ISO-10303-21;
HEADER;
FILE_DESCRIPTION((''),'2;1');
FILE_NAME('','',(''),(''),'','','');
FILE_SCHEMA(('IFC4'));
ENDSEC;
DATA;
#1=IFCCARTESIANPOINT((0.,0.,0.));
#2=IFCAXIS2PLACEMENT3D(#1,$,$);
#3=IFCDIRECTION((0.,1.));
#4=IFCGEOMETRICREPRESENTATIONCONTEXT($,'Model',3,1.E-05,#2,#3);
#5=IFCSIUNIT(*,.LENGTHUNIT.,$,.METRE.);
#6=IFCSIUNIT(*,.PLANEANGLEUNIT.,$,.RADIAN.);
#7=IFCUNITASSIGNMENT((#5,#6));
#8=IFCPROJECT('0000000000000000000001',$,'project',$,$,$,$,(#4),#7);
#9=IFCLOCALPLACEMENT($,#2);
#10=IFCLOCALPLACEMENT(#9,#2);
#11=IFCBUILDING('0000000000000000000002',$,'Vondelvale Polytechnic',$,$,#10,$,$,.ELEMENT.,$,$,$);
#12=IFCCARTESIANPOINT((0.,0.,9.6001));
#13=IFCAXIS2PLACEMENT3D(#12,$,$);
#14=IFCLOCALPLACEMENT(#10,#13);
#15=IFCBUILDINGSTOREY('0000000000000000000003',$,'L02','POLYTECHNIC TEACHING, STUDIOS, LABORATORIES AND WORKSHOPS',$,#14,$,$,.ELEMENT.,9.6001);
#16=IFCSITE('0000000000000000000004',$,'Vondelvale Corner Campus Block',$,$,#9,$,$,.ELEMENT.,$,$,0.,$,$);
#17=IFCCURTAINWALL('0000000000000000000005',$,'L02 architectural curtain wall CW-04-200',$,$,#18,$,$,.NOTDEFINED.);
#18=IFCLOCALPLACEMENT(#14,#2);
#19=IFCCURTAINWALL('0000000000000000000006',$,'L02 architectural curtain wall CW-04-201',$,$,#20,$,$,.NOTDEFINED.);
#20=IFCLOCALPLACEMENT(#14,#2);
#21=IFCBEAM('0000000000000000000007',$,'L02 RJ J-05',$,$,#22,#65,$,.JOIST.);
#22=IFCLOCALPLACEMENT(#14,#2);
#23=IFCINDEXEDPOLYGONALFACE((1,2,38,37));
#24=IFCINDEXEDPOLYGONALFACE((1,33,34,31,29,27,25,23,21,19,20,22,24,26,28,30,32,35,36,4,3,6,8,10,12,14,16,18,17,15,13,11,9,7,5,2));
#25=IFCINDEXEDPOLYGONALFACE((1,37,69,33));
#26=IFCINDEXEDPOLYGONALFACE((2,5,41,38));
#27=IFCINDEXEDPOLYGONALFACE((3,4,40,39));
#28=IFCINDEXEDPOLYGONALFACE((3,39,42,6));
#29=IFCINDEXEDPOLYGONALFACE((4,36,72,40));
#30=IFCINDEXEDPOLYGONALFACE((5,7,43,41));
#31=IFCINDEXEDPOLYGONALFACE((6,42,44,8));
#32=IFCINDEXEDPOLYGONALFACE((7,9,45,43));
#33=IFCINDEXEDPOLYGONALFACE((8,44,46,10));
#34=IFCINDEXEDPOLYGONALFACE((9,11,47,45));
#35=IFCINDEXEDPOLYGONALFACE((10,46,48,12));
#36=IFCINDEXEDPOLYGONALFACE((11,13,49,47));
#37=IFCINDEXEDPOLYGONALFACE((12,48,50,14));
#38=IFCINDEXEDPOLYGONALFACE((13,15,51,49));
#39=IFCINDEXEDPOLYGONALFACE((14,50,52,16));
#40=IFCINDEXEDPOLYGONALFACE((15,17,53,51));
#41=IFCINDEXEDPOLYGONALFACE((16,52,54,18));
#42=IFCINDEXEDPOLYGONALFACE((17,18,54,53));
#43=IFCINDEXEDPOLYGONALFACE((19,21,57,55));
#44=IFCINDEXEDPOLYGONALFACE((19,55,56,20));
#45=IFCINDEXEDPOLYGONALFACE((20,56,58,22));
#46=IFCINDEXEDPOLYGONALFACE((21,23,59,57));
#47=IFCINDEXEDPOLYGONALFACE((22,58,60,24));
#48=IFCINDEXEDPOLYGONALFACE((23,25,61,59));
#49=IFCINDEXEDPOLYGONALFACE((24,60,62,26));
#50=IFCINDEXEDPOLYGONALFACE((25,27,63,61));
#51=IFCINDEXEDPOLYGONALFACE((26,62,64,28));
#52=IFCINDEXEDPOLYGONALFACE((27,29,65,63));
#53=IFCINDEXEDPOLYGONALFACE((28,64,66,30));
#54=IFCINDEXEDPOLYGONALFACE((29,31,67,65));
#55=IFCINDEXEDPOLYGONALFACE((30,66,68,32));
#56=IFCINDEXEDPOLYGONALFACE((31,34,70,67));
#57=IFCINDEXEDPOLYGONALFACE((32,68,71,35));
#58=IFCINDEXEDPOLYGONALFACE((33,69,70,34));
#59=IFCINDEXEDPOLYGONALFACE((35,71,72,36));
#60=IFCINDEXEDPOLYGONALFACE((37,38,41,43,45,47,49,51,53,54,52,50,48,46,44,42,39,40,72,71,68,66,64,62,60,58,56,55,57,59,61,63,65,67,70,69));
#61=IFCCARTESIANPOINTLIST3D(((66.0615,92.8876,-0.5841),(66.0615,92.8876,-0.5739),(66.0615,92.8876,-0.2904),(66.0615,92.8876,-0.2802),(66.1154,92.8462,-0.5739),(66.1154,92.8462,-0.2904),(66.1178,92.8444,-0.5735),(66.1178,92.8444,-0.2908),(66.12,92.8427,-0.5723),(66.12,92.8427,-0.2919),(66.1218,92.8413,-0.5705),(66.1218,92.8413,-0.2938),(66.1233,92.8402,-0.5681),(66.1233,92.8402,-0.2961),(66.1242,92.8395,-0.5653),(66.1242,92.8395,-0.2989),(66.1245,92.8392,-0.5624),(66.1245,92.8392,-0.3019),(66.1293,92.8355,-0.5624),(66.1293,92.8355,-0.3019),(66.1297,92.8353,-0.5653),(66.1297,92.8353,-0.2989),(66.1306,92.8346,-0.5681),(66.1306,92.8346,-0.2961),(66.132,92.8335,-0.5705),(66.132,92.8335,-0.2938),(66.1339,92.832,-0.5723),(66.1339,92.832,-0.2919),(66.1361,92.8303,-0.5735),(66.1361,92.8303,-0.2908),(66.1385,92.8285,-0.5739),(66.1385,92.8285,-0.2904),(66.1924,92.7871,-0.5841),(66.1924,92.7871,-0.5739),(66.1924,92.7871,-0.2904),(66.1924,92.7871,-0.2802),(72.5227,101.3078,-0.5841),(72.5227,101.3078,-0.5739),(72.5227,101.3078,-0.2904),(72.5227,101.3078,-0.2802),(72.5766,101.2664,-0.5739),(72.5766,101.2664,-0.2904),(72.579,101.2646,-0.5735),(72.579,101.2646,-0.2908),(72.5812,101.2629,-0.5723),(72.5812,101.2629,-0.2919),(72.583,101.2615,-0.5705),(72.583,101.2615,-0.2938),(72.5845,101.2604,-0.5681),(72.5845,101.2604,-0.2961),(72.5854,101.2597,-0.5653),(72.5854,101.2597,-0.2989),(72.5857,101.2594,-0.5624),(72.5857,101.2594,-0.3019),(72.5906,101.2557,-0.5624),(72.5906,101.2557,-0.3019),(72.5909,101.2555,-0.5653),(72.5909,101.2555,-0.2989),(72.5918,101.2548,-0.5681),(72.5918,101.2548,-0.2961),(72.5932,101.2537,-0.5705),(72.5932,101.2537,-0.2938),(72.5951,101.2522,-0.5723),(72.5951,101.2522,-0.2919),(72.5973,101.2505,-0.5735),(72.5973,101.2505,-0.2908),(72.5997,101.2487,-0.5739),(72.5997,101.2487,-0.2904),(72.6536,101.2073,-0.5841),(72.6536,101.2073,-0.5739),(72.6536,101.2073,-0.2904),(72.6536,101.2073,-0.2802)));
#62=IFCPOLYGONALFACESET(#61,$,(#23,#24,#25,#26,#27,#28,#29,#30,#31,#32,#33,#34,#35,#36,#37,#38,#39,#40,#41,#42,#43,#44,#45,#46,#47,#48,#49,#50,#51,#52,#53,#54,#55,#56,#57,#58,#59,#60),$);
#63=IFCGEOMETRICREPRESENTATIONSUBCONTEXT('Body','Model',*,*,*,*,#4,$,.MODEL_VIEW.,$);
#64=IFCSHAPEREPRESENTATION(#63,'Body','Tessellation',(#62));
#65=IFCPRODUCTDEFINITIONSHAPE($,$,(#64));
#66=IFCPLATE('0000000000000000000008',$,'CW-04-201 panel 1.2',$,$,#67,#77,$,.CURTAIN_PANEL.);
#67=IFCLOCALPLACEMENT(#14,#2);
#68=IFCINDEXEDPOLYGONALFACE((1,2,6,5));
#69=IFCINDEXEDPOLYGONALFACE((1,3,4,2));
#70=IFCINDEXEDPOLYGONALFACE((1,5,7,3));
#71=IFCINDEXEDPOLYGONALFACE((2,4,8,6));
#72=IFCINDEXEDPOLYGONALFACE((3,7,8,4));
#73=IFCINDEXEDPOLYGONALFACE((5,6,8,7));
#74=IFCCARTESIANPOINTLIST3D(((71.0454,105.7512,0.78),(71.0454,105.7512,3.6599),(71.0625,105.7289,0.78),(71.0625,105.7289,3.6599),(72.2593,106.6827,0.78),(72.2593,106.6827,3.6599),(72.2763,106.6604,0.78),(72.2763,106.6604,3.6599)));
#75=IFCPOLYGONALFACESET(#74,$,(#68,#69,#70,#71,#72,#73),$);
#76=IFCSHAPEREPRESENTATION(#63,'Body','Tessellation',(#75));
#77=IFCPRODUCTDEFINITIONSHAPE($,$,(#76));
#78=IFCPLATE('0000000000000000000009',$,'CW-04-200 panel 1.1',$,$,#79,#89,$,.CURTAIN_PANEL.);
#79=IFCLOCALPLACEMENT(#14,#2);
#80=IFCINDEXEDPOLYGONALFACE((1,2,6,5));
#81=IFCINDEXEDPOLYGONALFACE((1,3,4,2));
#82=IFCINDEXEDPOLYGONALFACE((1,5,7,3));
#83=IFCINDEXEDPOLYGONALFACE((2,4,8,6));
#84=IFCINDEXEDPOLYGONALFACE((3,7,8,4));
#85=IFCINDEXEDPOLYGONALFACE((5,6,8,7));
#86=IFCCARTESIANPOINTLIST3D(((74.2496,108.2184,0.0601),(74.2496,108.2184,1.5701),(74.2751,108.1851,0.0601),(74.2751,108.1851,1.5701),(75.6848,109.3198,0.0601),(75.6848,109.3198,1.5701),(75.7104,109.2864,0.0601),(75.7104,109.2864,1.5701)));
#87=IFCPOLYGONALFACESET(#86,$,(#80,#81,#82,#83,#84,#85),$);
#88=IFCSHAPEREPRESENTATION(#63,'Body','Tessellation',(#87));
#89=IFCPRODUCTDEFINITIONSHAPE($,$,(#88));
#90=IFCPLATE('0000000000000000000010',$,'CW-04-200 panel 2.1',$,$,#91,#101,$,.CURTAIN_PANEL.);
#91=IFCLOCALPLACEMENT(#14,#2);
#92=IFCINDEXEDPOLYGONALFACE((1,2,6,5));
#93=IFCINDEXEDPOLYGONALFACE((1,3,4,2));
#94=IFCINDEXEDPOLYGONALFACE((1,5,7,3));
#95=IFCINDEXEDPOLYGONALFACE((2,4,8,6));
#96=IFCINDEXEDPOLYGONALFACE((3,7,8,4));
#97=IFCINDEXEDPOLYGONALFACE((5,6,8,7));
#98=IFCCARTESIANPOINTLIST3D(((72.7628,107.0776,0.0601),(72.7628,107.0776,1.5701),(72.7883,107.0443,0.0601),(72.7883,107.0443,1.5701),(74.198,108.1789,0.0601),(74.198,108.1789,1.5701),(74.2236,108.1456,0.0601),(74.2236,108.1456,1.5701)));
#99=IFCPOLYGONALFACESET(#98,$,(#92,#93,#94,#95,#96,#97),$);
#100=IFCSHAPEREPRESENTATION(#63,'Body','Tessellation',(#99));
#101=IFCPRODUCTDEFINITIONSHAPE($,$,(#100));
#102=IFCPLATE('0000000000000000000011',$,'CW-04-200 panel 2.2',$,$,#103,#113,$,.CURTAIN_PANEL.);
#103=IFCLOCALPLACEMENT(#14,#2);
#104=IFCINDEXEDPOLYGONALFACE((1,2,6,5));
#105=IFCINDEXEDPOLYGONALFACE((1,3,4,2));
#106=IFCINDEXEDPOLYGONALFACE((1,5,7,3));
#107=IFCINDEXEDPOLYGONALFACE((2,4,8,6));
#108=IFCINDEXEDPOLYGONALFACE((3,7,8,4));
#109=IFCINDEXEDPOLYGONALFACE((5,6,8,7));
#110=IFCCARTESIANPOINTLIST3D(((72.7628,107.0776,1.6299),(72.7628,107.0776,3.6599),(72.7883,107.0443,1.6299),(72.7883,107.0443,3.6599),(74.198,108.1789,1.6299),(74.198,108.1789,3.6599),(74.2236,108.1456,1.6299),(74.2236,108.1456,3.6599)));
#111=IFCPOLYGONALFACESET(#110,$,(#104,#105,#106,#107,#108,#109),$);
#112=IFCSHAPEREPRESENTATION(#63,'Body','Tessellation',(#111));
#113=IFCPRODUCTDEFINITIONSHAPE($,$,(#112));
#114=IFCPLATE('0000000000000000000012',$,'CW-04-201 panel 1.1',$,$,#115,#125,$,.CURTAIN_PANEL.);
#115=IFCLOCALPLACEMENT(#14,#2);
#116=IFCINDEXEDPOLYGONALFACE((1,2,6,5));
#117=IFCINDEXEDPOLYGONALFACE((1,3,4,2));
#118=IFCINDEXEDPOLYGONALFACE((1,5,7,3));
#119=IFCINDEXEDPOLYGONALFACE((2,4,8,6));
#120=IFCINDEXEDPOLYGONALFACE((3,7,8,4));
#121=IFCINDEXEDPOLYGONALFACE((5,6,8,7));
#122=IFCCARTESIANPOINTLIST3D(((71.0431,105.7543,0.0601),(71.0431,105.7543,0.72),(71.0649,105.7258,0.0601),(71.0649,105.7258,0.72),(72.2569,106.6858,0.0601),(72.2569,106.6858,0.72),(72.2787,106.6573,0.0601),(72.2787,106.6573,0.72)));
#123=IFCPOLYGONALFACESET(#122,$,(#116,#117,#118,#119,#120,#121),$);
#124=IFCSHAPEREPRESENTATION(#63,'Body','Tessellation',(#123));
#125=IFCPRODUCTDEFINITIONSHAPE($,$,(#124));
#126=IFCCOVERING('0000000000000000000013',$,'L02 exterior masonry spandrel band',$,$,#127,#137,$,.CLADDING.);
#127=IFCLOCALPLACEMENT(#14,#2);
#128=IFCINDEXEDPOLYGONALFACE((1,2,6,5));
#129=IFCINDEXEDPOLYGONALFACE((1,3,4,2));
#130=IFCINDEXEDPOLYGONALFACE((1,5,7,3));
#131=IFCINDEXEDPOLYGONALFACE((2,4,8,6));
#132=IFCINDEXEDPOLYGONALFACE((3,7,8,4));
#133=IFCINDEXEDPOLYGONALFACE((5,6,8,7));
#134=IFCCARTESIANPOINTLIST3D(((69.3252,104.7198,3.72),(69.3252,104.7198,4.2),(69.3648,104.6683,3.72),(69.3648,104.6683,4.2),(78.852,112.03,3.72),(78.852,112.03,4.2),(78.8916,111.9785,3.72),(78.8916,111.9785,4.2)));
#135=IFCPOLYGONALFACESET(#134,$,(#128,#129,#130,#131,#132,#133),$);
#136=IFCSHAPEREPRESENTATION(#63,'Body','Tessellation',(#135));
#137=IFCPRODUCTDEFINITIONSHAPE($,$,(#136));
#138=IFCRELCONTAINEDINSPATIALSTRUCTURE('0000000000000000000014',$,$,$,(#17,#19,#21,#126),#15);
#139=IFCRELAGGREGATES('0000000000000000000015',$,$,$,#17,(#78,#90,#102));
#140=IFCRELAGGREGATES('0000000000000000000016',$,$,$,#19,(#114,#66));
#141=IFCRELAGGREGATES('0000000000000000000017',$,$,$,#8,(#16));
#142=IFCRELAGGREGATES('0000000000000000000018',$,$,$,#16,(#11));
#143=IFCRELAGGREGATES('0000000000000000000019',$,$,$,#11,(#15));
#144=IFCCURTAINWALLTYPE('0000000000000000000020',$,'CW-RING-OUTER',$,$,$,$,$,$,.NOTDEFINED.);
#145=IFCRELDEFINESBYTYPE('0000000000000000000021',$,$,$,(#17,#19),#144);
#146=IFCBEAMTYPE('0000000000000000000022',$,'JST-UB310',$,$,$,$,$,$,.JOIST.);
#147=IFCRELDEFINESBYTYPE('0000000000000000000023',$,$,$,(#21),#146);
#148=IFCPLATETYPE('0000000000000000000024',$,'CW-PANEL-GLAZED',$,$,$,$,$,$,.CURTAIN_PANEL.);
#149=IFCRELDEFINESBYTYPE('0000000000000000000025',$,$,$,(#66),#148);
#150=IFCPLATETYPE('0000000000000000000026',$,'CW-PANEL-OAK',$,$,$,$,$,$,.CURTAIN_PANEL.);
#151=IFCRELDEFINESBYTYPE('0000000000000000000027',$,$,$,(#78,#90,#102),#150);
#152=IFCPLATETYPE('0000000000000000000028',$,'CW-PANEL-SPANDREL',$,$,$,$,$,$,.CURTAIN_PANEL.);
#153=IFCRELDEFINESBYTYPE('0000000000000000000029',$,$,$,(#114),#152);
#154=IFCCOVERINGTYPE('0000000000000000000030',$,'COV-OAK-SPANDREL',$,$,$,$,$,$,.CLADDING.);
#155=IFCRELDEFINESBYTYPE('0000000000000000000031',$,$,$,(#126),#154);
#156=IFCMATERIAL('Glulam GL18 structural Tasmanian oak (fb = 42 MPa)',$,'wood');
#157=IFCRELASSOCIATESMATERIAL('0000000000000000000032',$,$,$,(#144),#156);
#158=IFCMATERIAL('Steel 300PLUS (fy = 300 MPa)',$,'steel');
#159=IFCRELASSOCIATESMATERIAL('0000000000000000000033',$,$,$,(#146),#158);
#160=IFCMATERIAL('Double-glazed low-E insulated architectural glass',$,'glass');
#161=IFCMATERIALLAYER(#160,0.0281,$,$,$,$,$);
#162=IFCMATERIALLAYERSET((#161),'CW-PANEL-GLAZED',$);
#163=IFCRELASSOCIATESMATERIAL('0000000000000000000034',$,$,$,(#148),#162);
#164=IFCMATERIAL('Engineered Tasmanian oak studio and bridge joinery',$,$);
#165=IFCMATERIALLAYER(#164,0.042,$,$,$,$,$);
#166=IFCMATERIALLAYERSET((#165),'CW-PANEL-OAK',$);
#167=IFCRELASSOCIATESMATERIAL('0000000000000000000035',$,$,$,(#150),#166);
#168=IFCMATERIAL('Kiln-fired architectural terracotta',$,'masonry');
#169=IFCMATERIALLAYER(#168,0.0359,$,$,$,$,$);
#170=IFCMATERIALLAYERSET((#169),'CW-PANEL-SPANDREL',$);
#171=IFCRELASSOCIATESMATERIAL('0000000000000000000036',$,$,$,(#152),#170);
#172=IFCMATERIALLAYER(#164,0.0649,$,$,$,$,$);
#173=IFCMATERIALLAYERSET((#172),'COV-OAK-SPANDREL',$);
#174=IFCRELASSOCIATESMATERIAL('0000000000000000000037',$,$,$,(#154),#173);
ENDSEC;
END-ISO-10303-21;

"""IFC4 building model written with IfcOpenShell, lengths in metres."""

from ifc_helpers import new_model, si_unit, direction, frame, origin, origin_2d, place, context, subcontext, project, spatial, rectangle, i_section, extrude, material, layer, layer_set, material_profile, profile_set, type_object, element, aggregate, save


model = new_model("IFC4")

# Units and contexts
model_context = context("Model", 3, precision=1e-05, world=origin(), true_north=direction((0.0, 1.0)))
body_context = subcontext(model_context, "Body", "Model", "MODEL_VIEW")
ifc_project = project(units=[si_unit("LENGTHUNIT", "METRE"), si_unit("PLANEANGLEUNIT", "RADIAN")], contexts=[model_context])

# Site, building, storey
site_placement = place(None, origin())
site = spatial("IfcSite", under=ifc_project, at=site_placement, Name="Vondelvale Corner Campus Block", CompositionType="ELEMENT", RefElevation=0.0)
building_placement = place(site_placement, origin())
building = spatial("IfcBuilding", under=site, at=building_placement, Name="Vondelvale Polytechnic", CompositionType="ELEMENT")
storey_placement = place(building_placement, frame((0.0, 0.0, 9.6001)))
storey = spatial("IfcBuildingStorey", under=building, at=storey_placement, Name="L02", Description="POLYTECHNIC TEACHING, STUDIOS, LABORATORIES AND WORKSHOPS", CompositionType="ELEMENT", Elevation=9.6001)

# Shared definitions
ifc_material_1 = material(Name="Glulam GL18 structural Tasmanian oak (fb = 42 MPa)", Category="wood")
ifc_material_2 = material(Name="Steel 300PLUS (fy = 300 MPa)", Category="steel")

# Curtain walls
curtain_wall_type = type_object("IfcCurtainWallType", Name="CW-RING-OUTER", PredefinedType="NOTDEFINED", material=ifc_material_1)
curtain_wall_1_placement = place(storey_placement, origin())
curtain_wall_1 = element("IfcCurtainWall", 1, at=curtain_wall_1_placement, inside=storey, type_object=curtain_wall_type, Name="L02 architectural curtain wall CW-04-200", PredefinedType="NOTDEFINED")
curtain_wall_2_placement = place(storey_placement, origin())
curtain_wall_2 = element("IfcCurtainWall", 2, at=curtain_wall_2_placement, inside=storey, type_object=curtain_wall_type, Name="L02 architectural curtain wall CW-04-201", PredefinedType="NOTDEFINED")

# Beam
ifc_material_profile_1 = material_profile(ifc_material_2, i_section(OverallWidth=0.165, OverallDepth=0.304, WebThickness=0.0061, FlangeThickness=0.0103, FilletRadius=0.0115, at=origin_2d()), Name="310UB40.4")
ifc_profile_set_1 = profile_set([ifc_material_profile_1], Name="Steel 300PLUS (fy = 300 MPa)")
beam_type_1 = type_object("IfcBeamType", Name="JST-UB310", PredefinedType="JOIST", material=ifc_profile_set_1)
beam_1_placement = place(storey_placement, frame((72.5881, 101.2576, -0.4321), z_axis=(-0.608771, -0.793346, 0.0), x_axis=(0.793346, -0.608771, 0.0)))
element("IfcBeam", 3, at=beam_1_placement, inside=storey, type_object=beam_type_1, Name="L02 RJ J-05", PredefinedType="JOIST", context=body_context, shape_type="SweptSolid", body=[
    extrude(i_section(OverallWidth=0.165, OverallDepth=0.304, WebThickness=0.0061, FlangeThickness=0.0103, FilletRadius=0.0115, at=origin_2d()), origin(), (0.0, 0.0, 1.0), 10.6135),
])

# Plates
ifc_material_3 = material(Name="Double-glazed low-E insulated architectural glass", Category="glass")
ifc_layer_1 = layer(ifc_material_3, 0.0281)
ifc_layer_set_1 = layer_set([ifc_layer_1], Name="CW-PANEL-GLAZED")
plate_type_1 = type_object("IfcPlateType", Name="CW-PANEL-GLAZED", PredefinedType="CURTAIN_PANEL", material=ifc_layer_set_1)
plate_1_placement = place(storey_placement, frame((71.6609, 106.2058, 0.78), z_axis=(0.0, 0.0, 1.0), x_axis=(-0.793334, -0.608787, 0.0)))
plate_1 = element("IfcPlate", 4, at=plate_1_placement, type_object=plate_type_1, Name="CW-04-201 panel 1.2", PredefinedType="CURTAIN_PANEL", context=body_context, shape_type="SweptSolid", body=[
    extrude(rectangle(XDim=1.53, YDim=0.0281, at=origin_2d()), origin(), (0.0, 0.0, 1.0), 2.8799),
])
ifc_material_4 = material(Name="Engineered Tasmanian oak studio and bridge joinery")
ifc_layer_2 = layer(ifc_material_4, 0.042)
ifc_layer_set_2 = layer_set([ifc_layer_2], Name="CW-PANEL-OAK")
plate_type_2 = type_object("IfcPlateType", Name="CW-PANEL-OAK", PredefinedType="CURTAIN_PANEL", material=ifc_layer_set_2)
plate_2_placement = place(storey_placement, frame((74.98, 108.7524, 0.0601), z_axis=(0.0, 0.0, 1.0), x_axis=(-0.793346, -0.608771, 0.0)))
plate_2 = element("IfcPlate", 5, at=plate_2_placement, type_object=plate_type_2, Name="CW-04-200 panel 1.1", PredefinedType="CURTAIN_PANEL", context=body_context, shape_type="SweptSolid", body=[
    extrude(rectangle(XDim=1.8091, YDim=0.042, at=origin_2d()), origin(), (0.0, 0.0, 1.0), 1.51),
])
plate_3_placement = place(storey_placement, frame((73.4932, 107.6116, 0.0601), z_axis=(0.0, 0.0, 1.0), x_axis=(-0.793346, -0.608771, 0.0)))
plate_3 = element("IfcPlate", 6, at=plate_3_placement, type_object=plate_type_2, Name="CW-04-200 panel 2.1", PredefinedType="CURTAIN_PANEL", context=body_context, shape_type="SweptSolid", body=[
    extrude(rectangle(XDim=1.8091, YDim=0.042, at=origin_2d()), origin(), (0.0, 0.0, 1.0), 1.51),
])
plate_4_placement = place(storey_placement, frame((73.4932, 107.6116, 1.6299), z_axis=(0.0, 0.0, 1.0), x_axis=(-0.793346, -0.608771, 0.0)))
plate_4 = element("IfcPlate", 7, at=plate_4_placement, type_object=plate_type_2, Name="CW-04-200 panel 2.2", PredefinedType="CURTAIN_PANEL", context=body_context, shape_type="SweptSolid", body=[
    extrude(rectangle(XDim=1.8091, YDim=0.042, at=origin_2d()), origin(), (0.0, 0.0, 1.0), 2.03),
])
aggregate(curtain_wall_1, [plate_2, plate_3, plate_4])
ifc_material_5 = material(Name="Kiln-fired architectural terracotta", Category="masonry")
ifc_layer_3 = layer(ifc_material_5, 0.0359)
ifc_layer_set_3 = layer_set([ifc_layer_3], Name="CW-PANEL-SPANDREL")
plate_type_3 = type_object("IfcPlateType", Name="CW-PANEL-SPANDREL", PredefinedType="CURTAIN_PANEL", material=ifc_layer_set_3)
plate_5_placement = place(storey_placement, frame((71.6609, 106.2058, 0.0601), z_axis=(0.0, 0.0, 1.0), x_axis=(-0.793334, -0.608787, 0.0)))
plate_5 = element("IfcPlate", 8, at=plate_5_placement, type_object=plate_type_3, Name="CW-04-201 panel 1.1", PredefinedType="CURTAIN_PANEL", context=body_context, shape_type="SweptSolid", body=[
    extrude(rectangle(XDim=1.53, YDim=0.0359, at=origin_2d()), origin(), (0.0, 0.0, 1.0), 0.6599),
])
aggregate(curtain_wall_2, [plate_5, plate_1])

# Covering
ifc_layer_4 = layer(ifc_material_4, 0.0649)
ifc_layer_set_4 = layer_set([ifc_layer_4], Name="COV-OAK-SPANDREL")
covering_type = type_object("IfcCoveringType", Name="COV-OAK-SPANDREL", PredefinedType="CLADDING", material=ifc_layer_set_4)
covering_placement = place(storey_placement, frame((74.1084, 108.3491, 3.72), z_axis=(0.0, 0.0, 1.0), x_axis=(-0.793353, -0.608761, 0.0)))
element("IfcCovering", 9, at=covering_placement, inside=storey, type_object=covering_type, Name="L02 exterior masonry spandrel band", PredefinedType="CLADDING", context=body_context, shape_type="SweptSolid", body=[
    extrude(rectangle(XDim=12.0083, YDim=0.0649, at=origin_2d()), origin(), (0.0, 0.0, 1.0), 0.48),
])

save(model, "model.ifc")
